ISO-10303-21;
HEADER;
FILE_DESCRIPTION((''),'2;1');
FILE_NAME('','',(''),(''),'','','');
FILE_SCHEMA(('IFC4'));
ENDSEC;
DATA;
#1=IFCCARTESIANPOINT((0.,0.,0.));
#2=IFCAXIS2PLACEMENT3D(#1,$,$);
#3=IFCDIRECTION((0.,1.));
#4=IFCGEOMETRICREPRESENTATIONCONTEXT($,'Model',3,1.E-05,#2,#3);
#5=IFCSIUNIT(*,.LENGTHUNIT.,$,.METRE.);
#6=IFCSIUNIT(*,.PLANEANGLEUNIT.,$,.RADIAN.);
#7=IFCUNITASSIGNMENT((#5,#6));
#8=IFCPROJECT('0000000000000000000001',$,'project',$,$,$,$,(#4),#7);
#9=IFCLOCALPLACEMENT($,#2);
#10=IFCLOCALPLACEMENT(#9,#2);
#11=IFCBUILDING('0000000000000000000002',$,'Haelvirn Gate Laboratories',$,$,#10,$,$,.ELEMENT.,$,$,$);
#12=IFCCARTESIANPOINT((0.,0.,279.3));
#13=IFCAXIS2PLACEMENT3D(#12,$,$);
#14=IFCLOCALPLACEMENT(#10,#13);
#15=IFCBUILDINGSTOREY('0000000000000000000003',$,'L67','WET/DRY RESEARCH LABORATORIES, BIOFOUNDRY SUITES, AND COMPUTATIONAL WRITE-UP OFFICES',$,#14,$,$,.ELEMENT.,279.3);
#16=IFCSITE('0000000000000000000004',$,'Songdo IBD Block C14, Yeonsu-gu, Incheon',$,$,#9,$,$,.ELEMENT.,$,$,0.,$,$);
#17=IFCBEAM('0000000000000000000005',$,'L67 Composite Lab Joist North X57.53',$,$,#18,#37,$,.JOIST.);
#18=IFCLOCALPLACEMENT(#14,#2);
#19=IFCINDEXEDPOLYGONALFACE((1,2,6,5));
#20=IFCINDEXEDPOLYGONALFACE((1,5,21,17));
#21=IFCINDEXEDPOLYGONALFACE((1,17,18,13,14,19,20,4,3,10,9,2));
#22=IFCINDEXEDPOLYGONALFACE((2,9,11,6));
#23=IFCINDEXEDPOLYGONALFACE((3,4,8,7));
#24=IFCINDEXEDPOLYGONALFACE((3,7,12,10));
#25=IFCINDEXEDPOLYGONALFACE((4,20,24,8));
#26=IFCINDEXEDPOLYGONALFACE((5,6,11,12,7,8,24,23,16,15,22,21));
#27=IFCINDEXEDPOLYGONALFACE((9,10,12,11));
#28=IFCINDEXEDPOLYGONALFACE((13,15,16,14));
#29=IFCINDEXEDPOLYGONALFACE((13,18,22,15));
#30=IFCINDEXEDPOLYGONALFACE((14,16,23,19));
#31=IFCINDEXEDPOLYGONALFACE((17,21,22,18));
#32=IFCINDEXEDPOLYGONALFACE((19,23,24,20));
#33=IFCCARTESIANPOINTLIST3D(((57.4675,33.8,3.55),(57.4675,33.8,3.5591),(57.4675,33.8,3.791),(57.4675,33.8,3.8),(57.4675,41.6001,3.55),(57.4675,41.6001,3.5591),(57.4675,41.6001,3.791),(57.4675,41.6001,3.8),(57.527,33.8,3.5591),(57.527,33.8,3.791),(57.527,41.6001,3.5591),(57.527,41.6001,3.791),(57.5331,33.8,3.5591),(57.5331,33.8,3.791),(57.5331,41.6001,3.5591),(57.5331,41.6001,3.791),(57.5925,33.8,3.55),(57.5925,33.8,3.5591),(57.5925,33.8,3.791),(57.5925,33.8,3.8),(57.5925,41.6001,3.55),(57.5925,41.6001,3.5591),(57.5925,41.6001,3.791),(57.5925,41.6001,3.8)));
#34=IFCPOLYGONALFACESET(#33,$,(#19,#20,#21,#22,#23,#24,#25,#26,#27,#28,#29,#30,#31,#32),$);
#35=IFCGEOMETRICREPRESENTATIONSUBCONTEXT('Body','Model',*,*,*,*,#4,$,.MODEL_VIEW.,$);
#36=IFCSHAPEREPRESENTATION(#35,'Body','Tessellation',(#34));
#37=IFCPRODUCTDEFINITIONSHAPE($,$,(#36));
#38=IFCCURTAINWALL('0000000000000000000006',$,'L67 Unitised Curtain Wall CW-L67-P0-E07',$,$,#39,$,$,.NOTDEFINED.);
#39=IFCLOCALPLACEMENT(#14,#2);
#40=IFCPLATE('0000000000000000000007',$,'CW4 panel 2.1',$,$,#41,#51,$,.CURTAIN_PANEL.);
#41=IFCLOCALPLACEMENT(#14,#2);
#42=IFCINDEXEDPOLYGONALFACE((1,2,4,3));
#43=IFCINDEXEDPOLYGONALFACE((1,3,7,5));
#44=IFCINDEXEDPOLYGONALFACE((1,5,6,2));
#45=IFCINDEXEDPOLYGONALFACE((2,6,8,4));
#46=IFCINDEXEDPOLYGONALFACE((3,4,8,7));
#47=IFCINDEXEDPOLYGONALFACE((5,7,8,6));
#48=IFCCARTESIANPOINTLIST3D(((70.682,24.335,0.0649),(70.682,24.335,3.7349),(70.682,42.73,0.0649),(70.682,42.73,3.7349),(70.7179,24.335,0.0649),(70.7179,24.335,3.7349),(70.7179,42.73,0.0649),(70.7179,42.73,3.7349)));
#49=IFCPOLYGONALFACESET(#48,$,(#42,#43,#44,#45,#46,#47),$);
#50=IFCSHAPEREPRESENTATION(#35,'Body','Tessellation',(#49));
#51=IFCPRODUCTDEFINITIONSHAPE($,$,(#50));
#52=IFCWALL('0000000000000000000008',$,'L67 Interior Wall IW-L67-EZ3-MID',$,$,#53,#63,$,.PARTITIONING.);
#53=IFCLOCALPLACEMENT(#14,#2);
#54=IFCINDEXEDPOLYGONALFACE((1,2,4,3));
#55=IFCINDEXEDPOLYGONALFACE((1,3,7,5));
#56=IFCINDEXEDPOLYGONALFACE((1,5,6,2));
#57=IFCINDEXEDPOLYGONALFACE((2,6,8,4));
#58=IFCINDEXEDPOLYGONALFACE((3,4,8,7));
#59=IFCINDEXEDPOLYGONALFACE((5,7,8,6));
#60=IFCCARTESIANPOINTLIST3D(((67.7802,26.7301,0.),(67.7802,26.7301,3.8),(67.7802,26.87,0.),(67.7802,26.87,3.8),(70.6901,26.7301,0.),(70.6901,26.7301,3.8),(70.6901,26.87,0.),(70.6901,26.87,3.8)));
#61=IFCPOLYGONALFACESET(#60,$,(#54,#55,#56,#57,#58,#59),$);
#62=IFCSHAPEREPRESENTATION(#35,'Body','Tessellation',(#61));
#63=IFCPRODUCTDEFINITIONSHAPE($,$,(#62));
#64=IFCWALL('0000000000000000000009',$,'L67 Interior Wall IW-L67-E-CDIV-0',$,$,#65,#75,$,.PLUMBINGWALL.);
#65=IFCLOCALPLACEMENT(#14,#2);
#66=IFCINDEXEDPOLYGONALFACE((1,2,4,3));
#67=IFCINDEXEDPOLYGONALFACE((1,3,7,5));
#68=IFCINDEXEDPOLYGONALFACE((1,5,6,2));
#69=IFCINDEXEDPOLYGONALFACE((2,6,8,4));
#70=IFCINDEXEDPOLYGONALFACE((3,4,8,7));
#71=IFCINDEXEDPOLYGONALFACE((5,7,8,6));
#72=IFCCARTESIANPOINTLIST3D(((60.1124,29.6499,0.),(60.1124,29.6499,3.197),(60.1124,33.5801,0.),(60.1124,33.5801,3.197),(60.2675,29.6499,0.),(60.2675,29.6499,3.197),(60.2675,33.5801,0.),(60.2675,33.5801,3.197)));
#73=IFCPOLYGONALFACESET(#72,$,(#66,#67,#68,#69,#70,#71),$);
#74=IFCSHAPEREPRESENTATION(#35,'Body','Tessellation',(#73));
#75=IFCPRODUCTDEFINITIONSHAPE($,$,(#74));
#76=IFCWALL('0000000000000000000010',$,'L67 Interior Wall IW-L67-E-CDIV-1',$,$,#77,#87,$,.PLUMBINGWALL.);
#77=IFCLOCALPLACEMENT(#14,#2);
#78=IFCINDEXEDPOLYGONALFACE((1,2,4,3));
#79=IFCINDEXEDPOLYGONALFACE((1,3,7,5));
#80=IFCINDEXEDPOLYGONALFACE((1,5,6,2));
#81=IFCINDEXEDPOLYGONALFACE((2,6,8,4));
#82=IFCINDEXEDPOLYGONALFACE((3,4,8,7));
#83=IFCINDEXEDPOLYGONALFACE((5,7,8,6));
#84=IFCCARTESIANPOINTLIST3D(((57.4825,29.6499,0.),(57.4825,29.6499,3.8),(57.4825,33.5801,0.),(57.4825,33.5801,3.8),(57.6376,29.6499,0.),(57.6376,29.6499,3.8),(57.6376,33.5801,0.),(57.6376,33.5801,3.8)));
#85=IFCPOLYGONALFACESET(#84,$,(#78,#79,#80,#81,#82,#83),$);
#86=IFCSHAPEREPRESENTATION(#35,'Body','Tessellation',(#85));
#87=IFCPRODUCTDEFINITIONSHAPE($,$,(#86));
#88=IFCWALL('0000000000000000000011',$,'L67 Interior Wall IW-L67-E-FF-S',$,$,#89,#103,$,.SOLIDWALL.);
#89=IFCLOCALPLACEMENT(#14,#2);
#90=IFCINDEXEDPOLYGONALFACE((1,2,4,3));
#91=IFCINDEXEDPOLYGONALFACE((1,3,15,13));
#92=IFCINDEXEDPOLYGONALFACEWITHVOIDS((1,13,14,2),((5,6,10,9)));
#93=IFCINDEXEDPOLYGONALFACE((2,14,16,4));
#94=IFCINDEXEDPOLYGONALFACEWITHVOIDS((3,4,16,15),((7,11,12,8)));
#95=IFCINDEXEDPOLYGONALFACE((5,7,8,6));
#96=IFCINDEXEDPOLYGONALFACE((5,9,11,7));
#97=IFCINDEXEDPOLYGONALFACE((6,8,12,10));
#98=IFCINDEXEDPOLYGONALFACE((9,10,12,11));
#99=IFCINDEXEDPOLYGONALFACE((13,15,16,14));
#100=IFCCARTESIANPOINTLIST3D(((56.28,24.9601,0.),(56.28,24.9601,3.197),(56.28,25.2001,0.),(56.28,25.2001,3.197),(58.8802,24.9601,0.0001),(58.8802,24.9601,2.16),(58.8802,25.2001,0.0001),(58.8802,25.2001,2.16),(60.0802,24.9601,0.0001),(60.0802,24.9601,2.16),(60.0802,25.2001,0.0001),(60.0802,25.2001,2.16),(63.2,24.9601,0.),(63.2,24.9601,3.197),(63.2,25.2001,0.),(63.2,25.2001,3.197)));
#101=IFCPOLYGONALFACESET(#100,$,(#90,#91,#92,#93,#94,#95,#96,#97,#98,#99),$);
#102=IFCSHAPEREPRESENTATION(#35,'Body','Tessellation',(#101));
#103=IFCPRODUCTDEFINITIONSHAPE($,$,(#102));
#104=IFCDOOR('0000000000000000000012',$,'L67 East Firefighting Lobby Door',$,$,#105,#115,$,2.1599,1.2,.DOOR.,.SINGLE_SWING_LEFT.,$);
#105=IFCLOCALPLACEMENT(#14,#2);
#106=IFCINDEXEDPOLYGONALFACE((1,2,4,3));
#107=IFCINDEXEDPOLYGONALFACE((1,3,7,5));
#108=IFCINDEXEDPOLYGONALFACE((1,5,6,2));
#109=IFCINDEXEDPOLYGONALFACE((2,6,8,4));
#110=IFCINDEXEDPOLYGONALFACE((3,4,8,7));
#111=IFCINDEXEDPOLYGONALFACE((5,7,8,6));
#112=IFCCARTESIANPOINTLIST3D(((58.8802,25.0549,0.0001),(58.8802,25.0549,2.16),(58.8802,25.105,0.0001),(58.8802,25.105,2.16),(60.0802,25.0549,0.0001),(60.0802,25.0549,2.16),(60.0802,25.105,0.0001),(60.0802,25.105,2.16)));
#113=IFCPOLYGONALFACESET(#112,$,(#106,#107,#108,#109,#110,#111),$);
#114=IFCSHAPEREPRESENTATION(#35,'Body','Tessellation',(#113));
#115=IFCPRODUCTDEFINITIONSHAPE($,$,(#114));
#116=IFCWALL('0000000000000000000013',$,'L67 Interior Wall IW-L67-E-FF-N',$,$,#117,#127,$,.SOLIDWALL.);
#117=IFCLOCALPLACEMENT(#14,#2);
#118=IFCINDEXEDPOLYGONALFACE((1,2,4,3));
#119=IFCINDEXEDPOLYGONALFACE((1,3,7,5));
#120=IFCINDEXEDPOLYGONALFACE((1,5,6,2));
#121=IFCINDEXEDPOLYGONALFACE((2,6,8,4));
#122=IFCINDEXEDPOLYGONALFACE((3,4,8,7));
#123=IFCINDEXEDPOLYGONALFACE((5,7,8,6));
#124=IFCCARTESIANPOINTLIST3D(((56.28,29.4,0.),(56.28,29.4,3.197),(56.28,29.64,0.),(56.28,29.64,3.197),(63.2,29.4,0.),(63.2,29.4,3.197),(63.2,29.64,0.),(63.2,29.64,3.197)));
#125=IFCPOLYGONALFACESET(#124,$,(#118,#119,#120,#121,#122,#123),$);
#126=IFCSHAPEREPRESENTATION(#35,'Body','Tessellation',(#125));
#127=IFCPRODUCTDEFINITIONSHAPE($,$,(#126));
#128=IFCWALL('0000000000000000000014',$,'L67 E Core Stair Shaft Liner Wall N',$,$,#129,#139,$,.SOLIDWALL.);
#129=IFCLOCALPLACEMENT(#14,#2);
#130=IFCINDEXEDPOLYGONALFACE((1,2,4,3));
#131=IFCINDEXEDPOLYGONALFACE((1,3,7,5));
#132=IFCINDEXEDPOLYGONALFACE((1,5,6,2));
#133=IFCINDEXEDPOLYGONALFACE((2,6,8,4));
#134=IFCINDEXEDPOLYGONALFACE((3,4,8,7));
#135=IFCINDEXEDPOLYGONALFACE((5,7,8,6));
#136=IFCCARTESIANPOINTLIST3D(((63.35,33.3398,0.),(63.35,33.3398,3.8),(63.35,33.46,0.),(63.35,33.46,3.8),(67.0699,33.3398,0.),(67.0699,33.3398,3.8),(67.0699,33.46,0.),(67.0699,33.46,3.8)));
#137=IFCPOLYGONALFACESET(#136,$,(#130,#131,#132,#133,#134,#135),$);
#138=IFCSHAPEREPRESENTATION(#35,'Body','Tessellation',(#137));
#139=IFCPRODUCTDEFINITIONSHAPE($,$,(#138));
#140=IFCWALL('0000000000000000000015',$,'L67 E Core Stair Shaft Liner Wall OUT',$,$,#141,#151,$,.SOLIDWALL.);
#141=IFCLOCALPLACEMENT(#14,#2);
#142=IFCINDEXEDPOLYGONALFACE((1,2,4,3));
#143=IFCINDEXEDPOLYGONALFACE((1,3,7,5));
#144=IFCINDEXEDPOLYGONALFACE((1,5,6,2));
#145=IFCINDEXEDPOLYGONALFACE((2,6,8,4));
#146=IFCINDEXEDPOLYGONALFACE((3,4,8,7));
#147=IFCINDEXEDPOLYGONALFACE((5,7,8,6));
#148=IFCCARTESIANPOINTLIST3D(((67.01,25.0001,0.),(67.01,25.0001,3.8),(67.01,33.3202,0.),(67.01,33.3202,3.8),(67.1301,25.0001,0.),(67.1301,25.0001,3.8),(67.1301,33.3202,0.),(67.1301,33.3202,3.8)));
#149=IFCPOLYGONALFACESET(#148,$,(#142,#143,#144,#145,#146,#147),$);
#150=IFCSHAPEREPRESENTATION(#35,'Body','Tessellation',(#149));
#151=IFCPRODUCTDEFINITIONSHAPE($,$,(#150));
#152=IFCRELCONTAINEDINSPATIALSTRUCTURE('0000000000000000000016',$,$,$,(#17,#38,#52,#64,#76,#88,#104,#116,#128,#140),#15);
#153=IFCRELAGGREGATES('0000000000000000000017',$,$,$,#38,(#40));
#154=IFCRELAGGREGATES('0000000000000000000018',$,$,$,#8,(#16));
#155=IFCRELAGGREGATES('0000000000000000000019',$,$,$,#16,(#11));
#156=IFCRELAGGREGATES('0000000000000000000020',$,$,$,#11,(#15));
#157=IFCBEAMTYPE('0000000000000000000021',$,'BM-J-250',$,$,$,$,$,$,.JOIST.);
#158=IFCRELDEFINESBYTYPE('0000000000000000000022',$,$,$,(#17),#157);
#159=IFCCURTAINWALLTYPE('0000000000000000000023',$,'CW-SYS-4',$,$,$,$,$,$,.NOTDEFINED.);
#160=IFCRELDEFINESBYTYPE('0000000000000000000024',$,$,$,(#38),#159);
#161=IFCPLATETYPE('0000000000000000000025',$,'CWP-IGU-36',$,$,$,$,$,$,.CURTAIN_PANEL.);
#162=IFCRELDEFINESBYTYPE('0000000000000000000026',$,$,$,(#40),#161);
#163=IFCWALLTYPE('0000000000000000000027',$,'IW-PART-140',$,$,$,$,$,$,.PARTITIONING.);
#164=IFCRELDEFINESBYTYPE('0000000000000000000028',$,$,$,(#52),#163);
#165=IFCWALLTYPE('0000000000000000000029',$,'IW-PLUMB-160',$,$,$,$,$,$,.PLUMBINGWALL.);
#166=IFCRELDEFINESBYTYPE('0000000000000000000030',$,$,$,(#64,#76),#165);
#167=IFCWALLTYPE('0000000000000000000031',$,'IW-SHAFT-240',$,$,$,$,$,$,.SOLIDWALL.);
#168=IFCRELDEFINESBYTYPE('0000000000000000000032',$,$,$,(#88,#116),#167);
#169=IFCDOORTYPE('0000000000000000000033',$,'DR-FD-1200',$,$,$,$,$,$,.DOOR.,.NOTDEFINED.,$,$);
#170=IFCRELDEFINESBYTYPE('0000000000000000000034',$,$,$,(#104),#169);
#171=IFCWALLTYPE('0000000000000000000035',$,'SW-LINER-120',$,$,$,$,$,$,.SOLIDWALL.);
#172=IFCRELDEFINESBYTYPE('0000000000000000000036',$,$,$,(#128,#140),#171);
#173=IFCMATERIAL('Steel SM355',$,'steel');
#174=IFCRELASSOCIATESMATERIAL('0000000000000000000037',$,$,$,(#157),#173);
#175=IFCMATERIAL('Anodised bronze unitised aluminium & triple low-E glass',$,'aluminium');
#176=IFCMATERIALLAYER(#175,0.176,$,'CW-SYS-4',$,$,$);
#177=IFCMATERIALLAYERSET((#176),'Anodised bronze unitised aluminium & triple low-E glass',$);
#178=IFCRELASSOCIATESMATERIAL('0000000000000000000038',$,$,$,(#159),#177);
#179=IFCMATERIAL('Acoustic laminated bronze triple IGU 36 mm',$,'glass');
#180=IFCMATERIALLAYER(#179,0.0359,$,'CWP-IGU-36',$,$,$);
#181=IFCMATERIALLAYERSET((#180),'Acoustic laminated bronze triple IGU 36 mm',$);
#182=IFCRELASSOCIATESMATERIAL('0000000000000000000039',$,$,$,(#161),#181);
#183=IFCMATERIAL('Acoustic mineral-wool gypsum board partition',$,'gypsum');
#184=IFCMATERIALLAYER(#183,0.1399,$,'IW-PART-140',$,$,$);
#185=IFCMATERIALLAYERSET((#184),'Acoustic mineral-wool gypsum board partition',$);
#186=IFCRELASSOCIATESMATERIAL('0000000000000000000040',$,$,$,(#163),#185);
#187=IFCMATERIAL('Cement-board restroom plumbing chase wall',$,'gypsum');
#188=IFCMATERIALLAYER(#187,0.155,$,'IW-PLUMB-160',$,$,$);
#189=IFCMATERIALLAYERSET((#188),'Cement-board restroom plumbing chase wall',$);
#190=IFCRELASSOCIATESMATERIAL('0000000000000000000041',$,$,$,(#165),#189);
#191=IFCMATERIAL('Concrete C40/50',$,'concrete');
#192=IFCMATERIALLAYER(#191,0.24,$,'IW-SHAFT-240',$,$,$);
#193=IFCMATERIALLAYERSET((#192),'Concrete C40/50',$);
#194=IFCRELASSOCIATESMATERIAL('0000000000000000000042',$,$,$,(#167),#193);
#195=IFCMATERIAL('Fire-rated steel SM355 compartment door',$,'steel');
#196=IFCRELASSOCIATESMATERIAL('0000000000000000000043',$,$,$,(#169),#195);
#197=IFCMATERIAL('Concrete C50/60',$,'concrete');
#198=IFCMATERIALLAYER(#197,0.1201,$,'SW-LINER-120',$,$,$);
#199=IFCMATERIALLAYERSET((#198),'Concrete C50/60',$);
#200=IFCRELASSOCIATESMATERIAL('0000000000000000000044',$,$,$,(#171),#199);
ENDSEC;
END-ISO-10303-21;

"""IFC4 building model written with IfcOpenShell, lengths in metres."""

from ifc_helpers import new_model, si_unit, direction, frame, frame_2d, origin, origin_2d, place, context, subcontext, project, spatial, rectangle, i_section, extrude, source, transform, mapped, material, layer, layer_set, material_profile, profile_set, type_object, type_shapes, element, fill, aggregate, save


model = new_model("IFC4")

# Units and contexts
model_context = context("Model", 3, precision=1e-05, world=origin(), true_north=direction((0.0, 1.0)))
body_context = subcontext(model_context, "Body", "Model", "MODEL_VIEW")
ifc_project = project(units=[si_unit("LENGTHUNIT", "METRE"), si_unit("PLANEANGLEUNIT", "RADIAN")], contexts=[model_context])

# Site, building, storey
site_placement = place(None, origin())
site = spatial("IfcSite", under=ifc_project, at=site_placement, Name="Songdo IBD Block C14, Yeonsu-gu, Incheon", CompositionType="ELEMENT", RefElevation=0.0)
building_placement = place(site_placement, origin())
building = spatial("IfcBuilding", under=site, at=building_placement, Name="Haelvirn Gate Laboratories", CompositionType="ELEMENT")
storey_placement = place(building_placement, frame((0.0, 0.0, 279.3)))
storey = spatial("IfcBuildingStorey", under=building, at=storey_placement, Name="L67", Description="WET/DRY RESEARCH LABORATORIES, BIOFOUNDRY SUITES, AND COMPUTATIONAL WRITE-UP OFFICES", CompositionType="ELEMENT", Elevation=279.3)

# Beam
ifc_material_1 = material(Name="Steel SM355", Category="steel")
ifc_material_profile = material_profile(ifc_material_1, i_section(OverallWidth=0.125, OverallDepth=0.25, WebThickness=0.0061, FlangeThickness=0.009, at=origin_2d()), Name="H-250x125x6x9")
ifc_profile_set = profile_set([ifc_material_profile], Name="Steel SM355")
beam_type = type_object("IfcBeamType", Name="BM-J-250", PredefinedType="JOIST", material=ifc_profile_set)
shared_shape_1 = source(origin(), body_context, "Body", "SweptSolid", [
    extrude(i_section(OverallWidth=0.125, OverallDepth=0.25, WebThickness=0.0061, FlangeThickness=0.009, at=origin_2d()), origin(), (0.0, 0.0, 1.0), 7.8),
])
type_shapes(beam_type, [shared_shape_1])
beam_placement = place(storey_placement, frame((57.53, 33.8, 3.675), z_axis=(0.0, 1.0, 0.0), x_axis=(-1.0, 0.0, 0.0)))
element("IfcBeam", 1, at=beam_placement, inside=storey, type_object=beam_type, Name="L67 Composite Lab Joist North X57.53", PredefinedType="JOIST", context=body_context, shape_type="MappedRepresentation", body=[
    mapped(shared_shape_1, transform((0.0, 0.0, 0.0), scale=1.0)),
])

# Curtain wall, plate
ifc_material_2 = material(Name="Anodised bronze unitised aluminium & triple low-E glass", Category="aluminium")
ifc_layer_1 = layer(ifc_material_2, 0.176, Name="CW-SYS-4")
ifc_layer_set_1 = layer_set([ifc_layer_1], Name="Anodised bronze unitised aluminium & triple low-E glass")
curtain_wall_type = type_object("IfcCurtainWallType", Name="CW-SYS-4", PredefinedType="NOTDEFINED", material=ifc_layer_set_1)
curtain_wall_placement = place(storey_placement, origin())
curtain_wall = element("IfcCurtainWall", 2, at=curtain_wall_placement, inside=storey, type_object=curtain_wall_type, Name="L67 Unitised Curtain Wall CW-L67-P0-E07", PredefinedType="NOTDEFINED")
ifc_material_3 = material(Name="Acoustic laminated bronze triple IGU 36 mm", Category="glass")
ifc_layer_2 = layer(ifc_material_3, 0.0359, Name="CWP-IGU-36")
ifc_layer_set_2 = layer_set([ifc_layer_2], Name="Acoustic laminated bronze triple IGU 36 mm")
plate_type = type_object("IfcPlateType", Name="CWP-IGU-36", PredefinedType="CURTAIN_PANEL", material=ifc_layer_set_2)
shared_shape_2 = source(origin(), body_context, "Body", "SweptSolid", [
    extrude(rectangle(XDim=18.395, YDim=0.0359, at=origin_2d()), origin(), (0.0, 0.0, 1.0), 3.6699),
])
type_shapes(plate_type, [shared_shape_2])
plate_placement = place(storey_placement, frame((70.7, 33.5325, 0.0649), z_axis=(0.0, 0.0, 1.0), x_axis=(0.0, 1.0, 0.0)))
plate = element("IfcPlate", 3, at=plate_placement, type_object=plate_type, Name="CW4 panel 2.1", PredefinedType="CURTAIN_PANEL", context=body_context, shape_type="MappedRepresentation", body=[
    mapped(shared_shape_2, transform((0.0, 0.0, 0.0), scale=1.0)),
])
aggregate(curtain_wall, [plate])

# Walls
ifc_material_4 = material(Name="Acoustic mineral-wool gypsum board partition", Category="gypsum")
ifc_layer_3 = layer(ifc_material_4, 0.1399, Name="IW-PART-140")
ifc_layer_set_3 = layer_set([ifc_layer_3], Name="Acoustic mineral-wool gypsum board partition")
wall_type_1 = type_object("IfcWallType", Name="IW-PART-140", PredefinedType="PARTITIONING", material=ifc_layer_set_3)
wall_1_placement = place(storey_placement, frame((67.78, 26.8, 0.0), z_axis=(0.0, 0.0, 1.0), x_axis=(1.0, 0.0, 0.0)))
element("IfcWall", 4, at=wall_1_placement, inside=storey, type_object=wall_type_1, Name="L67 Interior Wall IW-L67-EZ3-MID", PredefinedType="PARTITIONING", context=body_context, shape_type="SweptSolid", body=[
    extrude(rectangle(XDim=2.9099, YDim=0.1399, at=frame_2d((1.4551, 0.0))), origin(), (0.0, 0.0, 1.0), 3.8),
])
ifc_material_5 = material(Name="Cement-board restroom plumbing chase wall", Category="gypsum")
ifc_layer_4 = layer(ifc_material_5, 0.155, Name="IW-PLUMB-160")
ifc_layer_set_4 = layer_set([ifc_layer_4], Name="Cement-board restroom plumbing chase wall")
wall_type_2 = type_object("IfcWallType", Name="IW-PLUMB-160", PredefinedType="PLUMBINGWALL", material=ifc_layer_set_4)
wall_2_placement = place(storey_placement, frame((60.1899, 29.6499, 0.0), z_axis=(0.0, 0.0, 1.0), x_axis=(0.0, 1.0, 0.0)))
element("IfcWall", 5, at=wall_2_placement, inside=storey, type_object=wall_type_2, Name="L67 Interior Wall IW-L67-E-CDIV-0", PredefinedType="PLUMBINGWALL", context=body_context, shape_type="SweptSolid", body=[
    extrude(rectangle(XDim=3.9302, YDim=0.155, at=frame_2d((1.9651, 0.0))), origin(), (0.0, 0.0, 1.0), 3.197),
])
wall_3_placement = place(storey_placement, frame((57.5601, 29.6499, 0.0), z_axis=(0.0, 0.0, 1.0), x_axis=(0.0, 1.0, 0.0)))
element("IfcWall", 6, at=wall_3_placement, inside=storey, type_object=wall_type_2, Name="L67 Interior Wall IW-L67-E-CDIV-1", PredefinedType="PLUMBINGWALL", context=body_context, shape_type="SweptSolid", body=[
    extrude(rectangle(XDim=3.9302, YDim=0.155, at=frame_2d((1.9651, 0.0))), origin(), (0.0, 0.0, 1.0), 3.8),
])

# Wall, opening, door
ifc_material_6 = material(Name="Concrete C40/50", Category="concrete")
ifc_layer_5 = layer(ifc_material_6, 0.24, Name="IW-SHAFT-240")
ifc_layer_set_5 = layer_set([ifc_layer_5], Name="Concrete C40/50")
wall_type_3 = type_object("IfcWallType", Name="IW-SHAFT-240", PredefinedType="SOLIDWALL", material=ifc_layer_set_5)
wall_4_placement = place(storey_placement, frame((56.28, 25.0801, 0.0), z_axis=(0.0, 0.0, 1.0), x_axis=(1.0, 0.0, 0.0)))
wall_4 = element("IfcWall", 7, at=wall_4_placement, inside=storey, type_object=wall_type_3, Name="L67 Interior Wall IW-L67-E-FF-S", PredefinedType="SOLIDWALL", context=body_context, shape_type="SweptSolid", body=[
    extrude(rectangle(XDim=6.9199, YDim=0.24, at=frame_2d((3.46, 0.0))), origin(), (0.0, 0.0, 1.0), 3.197),
])
opening_1_placement = place(wall_4_placement, frame((2.6001, 0.0, 0.0)))
opening_1 = element("IfcOpeningElement", 8, at=opening_1_placement, cuts=wall_4, PredefinedType="OPENING", context=body_context, shape_type="SweptSolid", body=[
    extrude(rectangle(XDim=1.2, YDim=2.1599, at=frame_2d((0.6001, 1.0801))), frame((0.0, 0.1299, 0.0), z_axis=(0.0, -1.0, 0.0), x_axis=(1.0, 0.0, 0.0)), (0.0, 0.0, 1.0), 0.26),
])
ifc_material_7 = material(Name="Fire-rated steel SM355 compartment door", Category="steel")
door_type_1 = type_object("IfcDoorType", Name="DR-FD-1200", OperationType="NOTDEFINED", PredefinedType="DOOR", material=ifc_material_7)
shared_shape_3 = source(origin(), body_context, "Body", "SweptSolid", [
    extrude(rectangle(XDim=1.2, YDim=2.1599, at=frame_2d((0.6001, 1.0801))), frame((0.0, 0.0249, 0.0), z_axis=(0.0, -1.0, 0.0), x_axis=(1.0, 0.0, 0.0)), (0.0, 0.0, 1.0), 0.05),
])
type_shapes(door_type_1, [shared_shape_3])
door_1_placement = place(opening_1_placement, origin())
door_1 = element("IfcDoor", 9, at=door_1_placement, inside=storey, type_object=door_type_1, Name="L67 East Firefighting Lobby Door", OperationType="SINGLE_SWING_LEFT", OverallHeight=2.1599, OverallWidth=1.2, PredefinedType="DOOR", context=body_context, shape_type="MappedRepresentation", body=[
    mapped(shared_shape_3, transform((0.0, 0.0, 0.0), scale=1.0)),
])
fill(opening_1, door_1)

# Walls
wall_5_placement = place(storey_placement, frame((56.28, 29.52, 0.0), z_axis=(0.0, 0.0, 1.0), x_axis=(1.0, 0.0, 0.0)))
element("IfcWall", 10, at=wall_5_placement, inside=storey, type_object=wall_type_3, Name="L67 Interior Wall IW-L67-E-FF-N", PredefinedType="SOLIDWALL", context=body_context, shape_type="SweptSolid", body=[
    extrude(rectangle(XDim=6.9199, YDim=0.24, at=frame_2d((3.46, 0.0))), origin(), (0.0, 0.0, 1.0), 3.197),
])
ifc_material_8 = material(Name="Concrete C50/60", Category="concrete")
ifc_layer_6 = layer(ifc_material_8, 0.1201, Name="SW-LINER-120")
ifc_layer_set_6 = layer_set([ifc_layer_6], Name="Concrete C50/60")
wall_type_4 = type_object("IfcWallType", Name="SW-LINER-120", PredefinedType="SOLIDWALL", material=ifc_layer_set_6)
wall_6_placement = place(storey_placement, frame((63.3501, 33.3999, 0.0), z_axis=(0.0, 0.0, 1.0), x_axis=(1.0, 0.0, 0.0)))
element("IfcWall", 11, at=wall_6_placement, inside=storey, type_object=wall_type_4, Name="L67 E Core Stair Shaft Liner Wall N", PredefinedType="SOLIDWALL", context=body_context, shape_type="SweptSolid", body=[
    extrude(rectangle(XDim=3.72, YDim=0.1201, at=frame_2d((1.8599, 0.0))), origin(), (0.0, 0.0, 1.0), 3.8),
])
wall_7_placement = place(storey_placement, frame((67.0701, 25.0, 0.0), z_axis=(0.0, 0.0, 1.0), x_axis=(0.0, 1.0, 0.0)))
element("IfcWall", 12, at=wall_7_placement, inside=storey, type_object=wall_type_4, Name="L67 E Core Stair Shaft Liner Wall OUT", PredefinedType="SOLIDWALL", context=body_context, shape_type="SweptSolid", body=[
    extrude(rectangle(XDim=8.3201, YDim=0.1201, at=frame_2d((4.1602, 0.0))), origin(), (0.0, 0.0, 1.0), 3.8),
])

save(model, "model.ifc")
